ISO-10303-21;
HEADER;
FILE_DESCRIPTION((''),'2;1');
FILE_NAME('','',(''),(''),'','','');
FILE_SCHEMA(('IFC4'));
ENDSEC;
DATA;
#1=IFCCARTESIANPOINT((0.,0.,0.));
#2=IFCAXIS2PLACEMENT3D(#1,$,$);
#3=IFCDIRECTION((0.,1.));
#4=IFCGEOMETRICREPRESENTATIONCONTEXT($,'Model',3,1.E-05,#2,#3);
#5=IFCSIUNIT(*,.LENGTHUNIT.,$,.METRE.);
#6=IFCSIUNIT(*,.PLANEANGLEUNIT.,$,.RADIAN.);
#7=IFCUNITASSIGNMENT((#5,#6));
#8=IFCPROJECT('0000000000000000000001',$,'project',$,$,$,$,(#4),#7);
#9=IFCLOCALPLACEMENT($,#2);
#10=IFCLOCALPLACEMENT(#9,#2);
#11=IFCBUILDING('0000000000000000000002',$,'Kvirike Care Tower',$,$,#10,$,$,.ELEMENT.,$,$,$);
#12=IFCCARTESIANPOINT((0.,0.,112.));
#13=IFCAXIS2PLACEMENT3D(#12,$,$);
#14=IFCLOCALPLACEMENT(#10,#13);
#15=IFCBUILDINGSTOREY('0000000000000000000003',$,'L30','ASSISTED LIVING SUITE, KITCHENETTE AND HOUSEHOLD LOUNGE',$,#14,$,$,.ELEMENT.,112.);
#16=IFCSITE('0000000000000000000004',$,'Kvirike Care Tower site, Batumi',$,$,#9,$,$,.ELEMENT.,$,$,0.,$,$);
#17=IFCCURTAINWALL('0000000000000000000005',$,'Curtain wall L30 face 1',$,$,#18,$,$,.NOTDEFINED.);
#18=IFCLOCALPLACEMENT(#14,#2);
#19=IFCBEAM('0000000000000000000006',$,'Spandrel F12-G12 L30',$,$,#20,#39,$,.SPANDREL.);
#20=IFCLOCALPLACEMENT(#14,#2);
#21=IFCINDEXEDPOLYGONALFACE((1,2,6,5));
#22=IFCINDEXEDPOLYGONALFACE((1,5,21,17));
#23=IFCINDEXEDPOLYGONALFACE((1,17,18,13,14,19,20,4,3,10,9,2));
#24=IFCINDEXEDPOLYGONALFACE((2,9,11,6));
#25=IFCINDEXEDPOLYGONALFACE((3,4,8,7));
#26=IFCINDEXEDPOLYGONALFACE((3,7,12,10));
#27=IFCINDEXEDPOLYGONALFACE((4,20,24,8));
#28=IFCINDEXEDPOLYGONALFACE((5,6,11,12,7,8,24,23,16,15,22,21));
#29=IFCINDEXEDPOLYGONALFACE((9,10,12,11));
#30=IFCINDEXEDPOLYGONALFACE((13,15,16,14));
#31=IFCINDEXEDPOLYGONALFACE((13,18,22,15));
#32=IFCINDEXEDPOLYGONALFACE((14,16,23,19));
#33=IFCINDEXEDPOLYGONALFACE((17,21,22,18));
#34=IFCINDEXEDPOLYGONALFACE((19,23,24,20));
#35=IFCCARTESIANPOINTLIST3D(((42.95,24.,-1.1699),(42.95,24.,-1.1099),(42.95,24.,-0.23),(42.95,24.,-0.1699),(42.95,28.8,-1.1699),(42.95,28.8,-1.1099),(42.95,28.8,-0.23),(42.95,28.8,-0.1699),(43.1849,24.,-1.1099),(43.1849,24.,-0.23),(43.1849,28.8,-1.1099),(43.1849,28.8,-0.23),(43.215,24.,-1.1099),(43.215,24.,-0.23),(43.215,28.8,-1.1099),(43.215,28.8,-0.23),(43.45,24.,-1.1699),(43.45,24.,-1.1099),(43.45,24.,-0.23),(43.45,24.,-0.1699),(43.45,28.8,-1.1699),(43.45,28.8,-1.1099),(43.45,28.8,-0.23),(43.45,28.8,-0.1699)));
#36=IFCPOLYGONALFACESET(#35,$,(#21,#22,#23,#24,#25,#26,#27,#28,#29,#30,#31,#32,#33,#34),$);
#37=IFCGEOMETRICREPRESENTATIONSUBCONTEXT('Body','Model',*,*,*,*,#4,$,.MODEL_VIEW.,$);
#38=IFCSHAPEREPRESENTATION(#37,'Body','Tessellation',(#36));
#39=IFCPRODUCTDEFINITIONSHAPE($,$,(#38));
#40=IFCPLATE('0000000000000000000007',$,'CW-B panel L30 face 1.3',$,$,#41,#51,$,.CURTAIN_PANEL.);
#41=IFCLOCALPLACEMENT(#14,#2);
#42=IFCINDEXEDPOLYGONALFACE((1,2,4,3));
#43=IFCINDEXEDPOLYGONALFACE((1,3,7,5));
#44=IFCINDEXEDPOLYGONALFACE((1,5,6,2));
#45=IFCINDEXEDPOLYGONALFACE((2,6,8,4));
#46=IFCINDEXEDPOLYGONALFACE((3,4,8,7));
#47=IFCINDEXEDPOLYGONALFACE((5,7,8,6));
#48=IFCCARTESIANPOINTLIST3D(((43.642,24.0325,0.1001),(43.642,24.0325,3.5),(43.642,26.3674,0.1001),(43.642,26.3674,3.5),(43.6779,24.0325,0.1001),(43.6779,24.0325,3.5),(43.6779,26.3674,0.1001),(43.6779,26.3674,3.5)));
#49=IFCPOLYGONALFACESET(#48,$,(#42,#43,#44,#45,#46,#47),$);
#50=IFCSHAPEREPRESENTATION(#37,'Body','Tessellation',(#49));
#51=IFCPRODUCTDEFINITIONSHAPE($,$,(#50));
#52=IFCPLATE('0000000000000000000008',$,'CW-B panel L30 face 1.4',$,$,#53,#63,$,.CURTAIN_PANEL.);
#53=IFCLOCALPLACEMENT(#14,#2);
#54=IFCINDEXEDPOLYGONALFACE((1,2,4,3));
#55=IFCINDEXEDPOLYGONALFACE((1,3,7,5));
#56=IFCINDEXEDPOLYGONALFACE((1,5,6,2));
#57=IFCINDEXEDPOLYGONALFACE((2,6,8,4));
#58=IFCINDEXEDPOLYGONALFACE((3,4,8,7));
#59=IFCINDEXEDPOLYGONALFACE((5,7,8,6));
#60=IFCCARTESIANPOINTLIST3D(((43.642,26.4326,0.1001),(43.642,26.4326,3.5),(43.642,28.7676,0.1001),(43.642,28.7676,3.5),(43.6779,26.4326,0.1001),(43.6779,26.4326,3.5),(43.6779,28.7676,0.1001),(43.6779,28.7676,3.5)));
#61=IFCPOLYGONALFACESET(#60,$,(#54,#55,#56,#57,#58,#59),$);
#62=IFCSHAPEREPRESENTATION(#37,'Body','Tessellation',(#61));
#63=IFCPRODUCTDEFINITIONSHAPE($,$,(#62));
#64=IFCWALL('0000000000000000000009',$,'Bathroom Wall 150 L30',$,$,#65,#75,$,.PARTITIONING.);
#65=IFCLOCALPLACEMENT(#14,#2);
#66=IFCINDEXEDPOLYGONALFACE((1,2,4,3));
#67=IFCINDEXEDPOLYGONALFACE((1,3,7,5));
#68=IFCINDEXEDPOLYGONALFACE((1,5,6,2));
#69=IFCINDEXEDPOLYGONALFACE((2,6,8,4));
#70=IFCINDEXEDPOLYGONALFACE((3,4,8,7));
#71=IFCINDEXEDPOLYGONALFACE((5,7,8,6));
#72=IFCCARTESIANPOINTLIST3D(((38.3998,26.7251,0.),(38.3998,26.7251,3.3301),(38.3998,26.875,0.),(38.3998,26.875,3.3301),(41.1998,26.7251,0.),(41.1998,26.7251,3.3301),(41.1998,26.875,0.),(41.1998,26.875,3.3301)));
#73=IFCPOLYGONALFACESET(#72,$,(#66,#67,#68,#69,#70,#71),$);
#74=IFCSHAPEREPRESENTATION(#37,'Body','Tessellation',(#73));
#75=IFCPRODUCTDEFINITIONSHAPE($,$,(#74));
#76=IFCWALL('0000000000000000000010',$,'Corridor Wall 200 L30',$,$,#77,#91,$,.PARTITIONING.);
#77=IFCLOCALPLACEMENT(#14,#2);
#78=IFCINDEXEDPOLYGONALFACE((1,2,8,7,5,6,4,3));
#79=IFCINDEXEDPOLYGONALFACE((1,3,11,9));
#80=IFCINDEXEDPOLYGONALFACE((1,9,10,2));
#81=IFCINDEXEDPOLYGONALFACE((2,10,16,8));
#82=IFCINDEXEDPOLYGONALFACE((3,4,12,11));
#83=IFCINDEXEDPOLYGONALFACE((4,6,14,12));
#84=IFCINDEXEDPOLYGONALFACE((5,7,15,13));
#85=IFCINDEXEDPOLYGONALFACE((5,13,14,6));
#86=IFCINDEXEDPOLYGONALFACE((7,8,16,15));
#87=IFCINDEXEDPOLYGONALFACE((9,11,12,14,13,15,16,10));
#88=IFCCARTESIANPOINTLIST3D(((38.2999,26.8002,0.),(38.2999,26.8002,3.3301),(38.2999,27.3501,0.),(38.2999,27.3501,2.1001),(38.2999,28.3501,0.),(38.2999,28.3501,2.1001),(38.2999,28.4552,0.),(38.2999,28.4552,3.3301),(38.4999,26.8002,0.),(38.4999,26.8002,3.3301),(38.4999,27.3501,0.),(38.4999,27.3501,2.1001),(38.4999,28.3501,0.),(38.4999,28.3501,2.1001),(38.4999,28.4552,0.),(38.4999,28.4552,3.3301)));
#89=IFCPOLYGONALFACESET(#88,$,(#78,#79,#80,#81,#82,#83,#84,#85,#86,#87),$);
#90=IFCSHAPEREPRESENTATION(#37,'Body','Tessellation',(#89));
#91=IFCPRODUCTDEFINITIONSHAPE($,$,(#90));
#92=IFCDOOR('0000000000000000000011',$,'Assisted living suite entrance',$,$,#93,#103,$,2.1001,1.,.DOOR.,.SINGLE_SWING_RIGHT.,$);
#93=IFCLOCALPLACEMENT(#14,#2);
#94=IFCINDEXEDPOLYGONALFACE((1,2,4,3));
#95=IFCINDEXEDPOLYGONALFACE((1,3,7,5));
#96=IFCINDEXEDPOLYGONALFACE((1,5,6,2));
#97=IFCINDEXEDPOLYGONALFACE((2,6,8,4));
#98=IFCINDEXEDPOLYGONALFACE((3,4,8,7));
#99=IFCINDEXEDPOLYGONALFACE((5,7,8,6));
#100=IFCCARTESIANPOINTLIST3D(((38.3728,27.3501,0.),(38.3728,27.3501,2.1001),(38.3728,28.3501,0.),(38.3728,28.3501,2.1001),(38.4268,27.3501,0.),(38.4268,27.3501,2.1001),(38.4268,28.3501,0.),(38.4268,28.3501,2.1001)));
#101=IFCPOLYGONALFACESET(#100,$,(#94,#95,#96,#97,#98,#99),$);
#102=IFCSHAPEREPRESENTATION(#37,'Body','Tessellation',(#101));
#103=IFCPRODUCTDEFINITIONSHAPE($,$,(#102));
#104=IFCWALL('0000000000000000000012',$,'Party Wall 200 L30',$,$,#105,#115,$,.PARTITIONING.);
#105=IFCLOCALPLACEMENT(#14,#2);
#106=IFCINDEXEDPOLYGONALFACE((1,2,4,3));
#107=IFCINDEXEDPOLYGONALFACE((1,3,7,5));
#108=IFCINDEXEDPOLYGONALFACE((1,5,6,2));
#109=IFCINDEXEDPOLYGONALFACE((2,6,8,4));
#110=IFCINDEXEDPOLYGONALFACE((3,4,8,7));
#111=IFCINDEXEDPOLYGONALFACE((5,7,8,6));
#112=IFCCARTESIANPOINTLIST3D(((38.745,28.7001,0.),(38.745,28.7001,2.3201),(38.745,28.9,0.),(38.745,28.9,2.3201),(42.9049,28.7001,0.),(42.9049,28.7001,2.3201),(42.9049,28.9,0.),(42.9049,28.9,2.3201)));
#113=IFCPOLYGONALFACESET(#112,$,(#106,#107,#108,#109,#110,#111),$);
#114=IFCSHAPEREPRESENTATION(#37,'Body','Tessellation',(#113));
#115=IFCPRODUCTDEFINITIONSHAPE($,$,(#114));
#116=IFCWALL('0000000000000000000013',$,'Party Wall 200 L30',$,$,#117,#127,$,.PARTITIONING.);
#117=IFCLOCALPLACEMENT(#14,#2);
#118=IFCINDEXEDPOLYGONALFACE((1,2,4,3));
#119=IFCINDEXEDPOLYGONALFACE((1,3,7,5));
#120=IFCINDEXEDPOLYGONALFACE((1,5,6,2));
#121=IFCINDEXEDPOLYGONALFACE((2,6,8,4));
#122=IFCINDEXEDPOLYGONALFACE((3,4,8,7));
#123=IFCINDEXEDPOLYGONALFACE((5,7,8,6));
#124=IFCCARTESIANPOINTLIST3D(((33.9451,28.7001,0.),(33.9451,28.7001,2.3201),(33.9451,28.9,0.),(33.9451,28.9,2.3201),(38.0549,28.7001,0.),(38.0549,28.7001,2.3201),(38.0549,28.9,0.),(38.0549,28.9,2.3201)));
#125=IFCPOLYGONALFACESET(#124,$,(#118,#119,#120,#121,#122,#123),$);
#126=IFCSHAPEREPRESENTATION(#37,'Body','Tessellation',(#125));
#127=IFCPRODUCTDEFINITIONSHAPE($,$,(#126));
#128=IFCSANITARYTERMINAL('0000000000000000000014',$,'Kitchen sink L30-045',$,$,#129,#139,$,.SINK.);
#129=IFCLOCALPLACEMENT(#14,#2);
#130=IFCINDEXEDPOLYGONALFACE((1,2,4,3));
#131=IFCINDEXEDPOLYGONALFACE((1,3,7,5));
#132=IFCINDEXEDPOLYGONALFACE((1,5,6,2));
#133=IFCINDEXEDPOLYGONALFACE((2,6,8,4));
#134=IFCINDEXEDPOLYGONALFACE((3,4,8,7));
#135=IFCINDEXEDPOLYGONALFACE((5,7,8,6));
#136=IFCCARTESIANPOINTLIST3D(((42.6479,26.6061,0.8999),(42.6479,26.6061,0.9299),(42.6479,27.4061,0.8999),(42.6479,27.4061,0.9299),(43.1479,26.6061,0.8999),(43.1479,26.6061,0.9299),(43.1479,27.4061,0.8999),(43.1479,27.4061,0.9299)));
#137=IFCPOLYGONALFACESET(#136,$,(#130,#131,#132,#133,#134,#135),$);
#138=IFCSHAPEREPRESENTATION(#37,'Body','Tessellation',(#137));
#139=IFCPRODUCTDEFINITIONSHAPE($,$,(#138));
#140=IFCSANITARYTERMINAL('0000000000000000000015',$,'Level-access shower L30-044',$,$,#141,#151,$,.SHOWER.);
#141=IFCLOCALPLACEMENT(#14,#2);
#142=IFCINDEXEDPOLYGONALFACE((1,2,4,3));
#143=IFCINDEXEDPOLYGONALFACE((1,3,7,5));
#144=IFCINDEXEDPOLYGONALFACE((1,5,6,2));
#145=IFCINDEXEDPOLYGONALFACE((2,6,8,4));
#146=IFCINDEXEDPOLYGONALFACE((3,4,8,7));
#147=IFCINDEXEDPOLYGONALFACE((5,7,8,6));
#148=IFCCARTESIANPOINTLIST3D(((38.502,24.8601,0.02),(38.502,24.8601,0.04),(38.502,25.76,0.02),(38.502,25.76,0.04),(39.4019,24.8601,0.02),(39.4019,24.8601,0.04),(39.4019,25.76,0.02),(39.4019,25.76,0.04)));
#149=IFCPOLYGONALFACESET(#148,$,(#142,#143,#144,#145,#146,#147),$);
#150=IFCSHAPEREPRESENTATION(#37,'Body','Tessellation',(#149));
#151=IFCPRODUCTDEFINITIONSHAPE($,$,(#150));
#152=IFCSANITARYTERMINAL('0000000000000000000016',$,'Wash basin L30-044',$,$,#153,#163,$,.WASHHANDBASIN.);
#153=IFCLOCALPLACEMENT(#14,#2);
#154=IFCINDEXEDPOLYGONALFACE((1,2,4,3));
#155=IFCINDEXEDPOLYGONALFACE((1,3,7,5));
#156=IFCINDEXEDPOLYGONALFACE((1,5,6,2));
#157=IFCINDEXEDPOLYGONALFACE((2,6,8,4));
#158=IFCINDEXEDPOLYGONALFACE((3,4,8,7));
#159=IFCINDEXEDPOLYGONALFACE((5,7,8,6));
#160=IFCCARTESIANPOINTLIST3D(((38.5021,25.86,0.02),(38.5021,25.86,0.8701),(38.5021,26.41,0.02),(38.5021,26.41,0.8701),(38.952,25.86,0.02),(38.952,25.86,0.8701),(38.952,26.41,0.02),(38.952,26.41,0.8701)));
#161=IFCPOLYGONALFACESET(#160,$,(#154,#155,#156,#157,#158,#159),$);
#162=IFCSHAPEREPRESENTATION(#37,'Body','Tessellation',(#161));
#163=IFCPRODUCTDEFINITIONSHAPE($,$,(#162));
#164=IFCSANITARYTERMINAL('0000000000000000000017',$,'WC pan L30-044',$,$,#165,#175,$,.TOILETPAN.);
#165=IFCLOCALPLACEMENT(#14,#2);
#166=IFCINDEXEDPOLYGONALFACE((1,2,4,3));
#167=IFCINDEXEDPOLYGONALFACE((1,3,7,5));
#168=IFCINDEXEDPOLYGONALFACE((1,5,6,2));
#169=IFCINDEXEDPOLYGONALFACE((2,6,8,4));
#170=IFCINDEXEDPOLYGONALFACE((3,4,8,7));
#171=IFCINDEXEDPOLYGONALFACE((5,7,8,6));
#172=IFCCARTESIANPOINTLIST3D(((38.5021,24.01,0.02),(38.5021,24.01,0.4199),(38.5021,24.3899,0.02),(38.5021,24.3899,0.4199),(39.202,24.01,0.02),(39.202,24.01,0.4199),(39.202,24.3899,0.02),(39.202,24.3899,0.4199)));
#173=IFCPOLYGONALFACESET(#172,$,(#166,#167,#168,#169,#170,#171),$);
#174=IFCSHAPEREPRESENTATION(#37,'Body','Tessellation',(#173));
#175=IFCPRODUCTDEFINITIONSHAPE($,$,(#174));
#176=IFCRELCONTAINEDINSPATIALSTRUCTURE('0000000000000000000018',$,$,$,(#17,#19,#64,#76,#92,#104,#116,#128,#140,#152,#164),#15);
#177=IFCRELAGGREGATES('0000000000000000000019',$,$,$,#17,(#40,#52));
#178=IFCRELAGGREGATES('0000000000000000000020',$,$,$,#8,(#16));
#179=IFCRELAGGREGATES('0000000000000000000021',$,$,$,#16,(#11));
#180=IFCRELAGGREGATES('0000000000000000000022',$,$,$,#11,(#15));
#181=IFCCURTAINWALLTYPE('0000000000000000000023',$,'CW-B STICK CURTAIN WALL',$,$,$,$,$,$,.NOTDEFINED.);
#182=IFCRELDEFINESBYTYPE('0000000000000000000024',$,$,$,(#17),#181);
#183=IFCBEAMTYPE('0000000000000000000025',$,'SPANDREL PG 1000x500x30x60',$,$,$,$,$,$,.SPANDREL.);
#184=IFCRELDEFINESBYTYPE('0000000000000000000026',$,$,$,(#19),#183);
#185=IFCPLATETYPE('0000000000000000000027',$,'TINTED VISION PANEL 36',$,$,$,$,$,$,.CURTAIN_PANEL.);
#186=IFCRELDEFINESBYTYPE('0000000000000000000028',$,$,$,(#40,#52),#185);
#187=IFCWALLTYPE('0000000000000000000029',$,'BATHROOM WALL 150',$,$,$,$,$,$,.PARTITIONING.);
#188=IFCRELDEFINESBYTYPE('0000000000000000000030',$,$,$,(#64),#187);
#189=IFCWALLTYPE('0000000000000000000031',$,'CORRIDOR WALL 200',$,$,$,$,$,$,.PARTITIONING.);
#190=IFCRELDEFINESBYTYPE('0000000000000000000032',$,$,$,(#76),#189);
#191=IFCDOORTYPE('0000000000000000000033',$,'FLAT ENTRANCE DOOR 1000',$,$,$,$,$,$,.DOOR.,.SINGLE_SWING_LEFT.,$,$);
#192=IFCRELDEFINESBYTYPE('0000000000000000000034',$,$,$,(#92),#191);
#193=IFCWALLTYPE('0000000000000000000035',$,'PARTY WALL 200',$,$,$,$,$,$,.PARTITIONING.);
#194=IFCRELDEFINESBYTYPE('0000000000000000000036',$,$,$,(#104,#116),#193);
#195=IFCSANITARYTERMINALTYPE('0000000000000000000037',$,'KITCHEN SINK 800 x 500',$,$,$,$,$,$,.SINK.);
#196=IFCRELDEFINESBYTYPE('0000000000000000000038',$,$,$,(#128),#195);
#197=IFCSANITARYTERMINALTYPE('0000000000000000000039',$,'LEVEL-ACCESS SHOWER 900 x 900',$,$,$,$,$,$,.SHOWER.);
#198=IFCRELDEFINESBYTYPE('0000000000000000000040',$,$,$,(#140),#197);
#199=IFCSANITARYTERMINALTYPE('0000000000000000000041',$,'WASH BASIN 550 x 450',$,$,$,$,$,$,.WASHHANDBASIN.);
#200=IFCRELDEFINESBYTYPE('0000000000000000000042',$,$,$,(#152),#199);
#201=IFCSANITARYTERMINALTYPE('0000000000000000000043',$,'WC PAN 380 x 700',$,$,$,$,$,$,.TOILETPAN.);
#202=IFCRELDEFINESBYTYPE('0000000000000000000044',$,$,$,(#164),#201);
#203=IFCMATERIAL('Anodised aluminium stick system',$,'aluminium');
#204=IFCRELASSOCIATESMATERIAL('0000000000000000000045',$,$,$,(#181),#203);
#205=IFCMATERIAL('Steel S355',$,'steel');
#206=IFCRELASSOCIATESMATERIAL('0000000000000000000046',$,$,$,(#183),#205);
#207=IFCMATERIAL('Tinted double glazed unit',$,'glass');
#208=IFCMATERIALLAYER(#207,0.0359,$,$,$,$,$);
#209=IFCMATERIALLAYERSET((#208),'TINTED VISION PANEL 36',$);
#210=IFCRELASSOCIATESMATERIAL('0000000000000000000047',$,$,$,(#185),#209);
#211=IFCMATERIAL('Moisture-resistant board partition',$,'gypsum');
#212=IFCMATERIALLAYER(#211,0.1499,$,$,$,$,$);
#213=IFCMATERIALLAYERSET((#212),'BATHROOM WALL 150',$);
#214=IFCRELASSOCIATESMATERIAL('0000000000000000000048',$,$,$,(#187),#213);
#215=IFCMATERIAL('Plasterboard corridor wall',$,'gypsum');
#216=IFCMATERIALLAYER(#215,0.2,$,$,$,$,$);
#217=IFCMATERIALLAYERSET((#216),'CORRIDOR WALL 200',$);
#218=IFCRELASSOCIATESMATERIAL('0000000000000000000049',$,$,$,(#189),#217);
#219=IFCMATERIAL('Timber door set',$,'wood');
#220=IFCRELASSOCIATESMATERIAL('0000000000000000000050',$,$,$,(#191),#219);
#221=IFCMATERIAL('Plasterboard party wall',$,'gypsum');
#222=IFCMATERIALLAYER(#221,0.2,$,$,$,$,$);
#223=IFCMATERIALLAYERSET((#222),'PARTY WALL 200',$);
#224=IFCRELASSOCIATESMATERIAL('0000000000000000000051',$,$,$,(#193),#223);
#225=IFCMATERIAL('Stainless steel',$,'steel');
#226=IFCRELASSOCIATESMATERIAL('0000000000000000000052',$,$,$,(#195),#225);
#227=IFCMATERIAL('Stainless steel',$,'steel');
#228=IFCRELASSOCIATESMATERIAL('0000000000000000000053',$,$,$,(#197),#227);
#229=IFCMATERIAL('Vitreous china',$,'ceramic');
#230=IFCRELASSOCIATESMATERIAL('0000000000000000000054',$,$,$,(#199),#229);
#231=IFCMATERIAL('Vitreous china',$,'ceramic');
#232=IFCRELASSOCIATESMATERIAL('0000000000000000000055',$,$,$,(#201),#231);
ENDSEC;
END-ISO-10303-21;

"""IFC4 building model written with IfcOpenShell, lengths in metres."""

from ifc_helpers import new_model, si_unit, direction, frame, frame_2d, origin, origin_2d, place, context, subcontext, project, spatial, rectangle, i_section, extrude, material, layer, layer_set, material_profile, profile_set, type_object, element, fill, aggregate, save


model = new_model("IFC4")

# Units and contexts
model_context = context("Model", 3, precision=1e-05, world=origin(), true_north=direction((0.0, 1.0)))
body_context = subcontext(model_context, "Body", "Model", "MODEL_VIEW")
ifc_project = project(units=[si_unit("LENGTHUNIT", "METRE"), si_unit("PLANEANGLEUNIT", "RADIAN")], contexts=[model_context])

# Site, building, storey
site_placement = place(None, origin())
site = spatial("IfcSite", under=ifc_project, at=site_placement, Name="Kvirike Care Tower site, Batumi", CompositionType="ELEMENT", RefElevation=0.0)
building_placement = place(site_placement, origin())
building = spatial("IfcBuilding", under=site, at=building_placement, Name="Kvirike Care Tower", CompositionType="ELEMENT")
storey_placement = place(building_placement, frame((0.0, 0.0, 112.0)))
storey = spatial("IfcBuildingStorey", under=building, at=storey_placement, Name="L30", Description="ASSISTED LIVING SUITE, KITCHENETTE AND HOUSEHOLD LOUNGE", CompositionType="ELEMENT", Elevation=112.0)

# Curtain wall
ifc_material_1 = material(Name="Anodised aluminium stick system", Category="aluminium")
curtain_wall_type = type_object("IfcCurtainWallType", Name="CW-B STICK CURTAIN WALL", PredefinedType="NOTDEFINED", material=ifc_material_1)
curtain_wall_placement = place(storey_placement, origin())
curtain_wall = element("IfcCurtainWall", 1, at=curtain_wall_placement, inside=storey, type_object=curtain_wall_type, Name="Curtain wall L30 face 1", PredefinedType="NOTDEFINED")

# Beam
ifc_material_2 = material(Name="Steel S355", Category="steel")
ifc_material_profile_1 = material_profile(ifc_material_2, i_section(OverallWidth=0.5, OverallDepth=1.0, WebThickness=0.03, FlangeThickness=0.0601, at=origin_2d()), Name="PG 1000x500x30x60")
ifc_profile_set_1 = profile_set([ifc_material_profile_1], Name="Steel S355")
beam_type_1 = type_object("IfcBeamType", Name="SPANDREL PG 1000x500x30x60", PredefinedType="SPANDREL", material=ifc_profile_set_1)
beam_1_placement = place(storey_placement, frame((43.2, 24.0, -0.6699), z_axis=(0.0, 1.0, 0.0), x_axis=(-1.0, 0.0, 0.0)))
element("IfcBeam", 2, at=beam_1_placement, inside=storey, type_object=beam_type_1, Name="Spandrel F12-G12 L30", PredefinedType="SPANDREL", context=body_context, shape_type="SweptSolid", body=[
    extrude(i_section(OverallWidth=0.5, OverallDepth=1.0, WebThickness=0.03, FlangeThickness=0.0601, at=origin_2d()), origin(), (0.0, 0.0, 1.0), 4.8),
])

# Plates
ifc_material_3 = material(Name="Tinted double glazed unit", Category="glass")
ifc_layer_1 = layer(ifc_material_3, 0.0359)
ifc_layer_set_1 = layer_set([ifc_layer_1], Name="TINTED VISION PANEL 36")
plate_type = type_object("IfcPlateType", Name="TINTED VISION PANEL 36", PredefinedType="CURTAIN_PANEL", material=ifc_layer_set_1)
plate_1_placement = place(storey_placement, frame((43.6599, 25.2, 0.1001), z_axis=(0.0, 0.0, 1.0), x_axis=(0.0, 1.0, 0.0)))
plate_1 = element("IfcPlate", 3, at=plate_1_placement, type_object=plate_type, Name="CW-B panel L30 face 1.3", PredefinedType="CURTAIN_PANEL", context=body_context, shape_type="SweptSolid", body=[
    extrude(rectangle(XDim=2.335, YDim=0.0359, at=origin_2d()), origin(), (0.0, 0.0, 1.0), 3.3999),
])
plate_2_placement = place(storey_placement, frame((43.6599, 27.6001, 0.1001), z_axis=(0.0, 0.0, 1.0), x_axis=(0.0, 1.0, 0.0)))
plate_2 = element("IfcPlate", 4, at=plate_2_placement, type_object=plate_type, Name="CW-B panel L30 face 1.4", PredefinedType="CURTAIN_PANEL", context=body_context, shape_type="SweptSolid", body=[
    extrude(rectangle(XDim=2.335, YDim=0.0359, at=origin_2d()), origin(), (0.0, 0.0, 1.0), 3.3999),
])
aggregate(curtain_wall, [plate_1, plate_2])

# Wall
ifc_material_4 = material(Name="Moisture-resistant board partition", Category="gypsum")
ifc_layer_2 = layer(ifc_material_4, 0.1499)
ifc_layer_set_2 = layer_set([ifc_layer_2], Name="BATHROOM WALL 150")
wall_type_1 = type_object("IfcWallType", Name="BATHROOM WALL 150", PredefinedType="PARTITIONING", material=ifc_layer_set_2)
wall_1_placement = place(storey_placement, frame((38.3999, 26.8, 0.0), z_axis=(0.0, 0.0, 1.0), x_axis=(1.0, 0.0, 0.0)))
element("IfcWall", 5, at=wall_1_placement, inside=storey, type_object=wall_type_1, Name="Bathroom Wall 150 L30", PredefinedType="PARTITIONING", context=body_context, shape_type="SweptSolid", body=[
    extrude(rectangle(XDim=2.8, YDim=0.1499, at=frame_2d((1.3999, 0.0))), origin(), (0.0, 0.0, 1.0), 3.3301),
])

# Wall, opening, door
ifc_material_5 = material(Name="Plasterboard corridor wall", Category="gypsum")
ifc_layer_3 = layer(ifc_material_5, 0.2)
ifc_layer_set_3 = layer_set([ifc_layer_3], Name="CORRIDOR WALL 200")
wall_type_2 = type_object("IfcWallType", Name="CORRIDOR WALL 200", PredefinedType="PARTITIONING", material=ifc_layer_set_3)
wall_2_placement = place(storey_placement, frame((38.3999, 26.8, 0.0), z_axis=(0.0, 0.0, 1.0), x_axis=(0.0, 1.0, 0.0)))
wall_2 = element("IfcWall", 6, at=wall_2_placement, inside=storey, type_object=wall_type_2, Name="Corridor Wall 200 L30", PredefinedType="PARTITIONING", context=body_context, shape_type="SweptSolid", body=[
    extrude(rectangle(XDim=1.655, YDim=0.2, at=frame_2d((0.8276, 0.0))), origin(), (0.0, 0.0, 1.0), 3.3301),
])
opening_placement = place(wall_2_placement, frame((0.55, 0.0, 0.0)))
opening = element("IfcOpeningElement", 7, at=opening_placement, cuts=wall_2, PredefinedType="OPENING", context=body_context, shape_type="SweptSolid", body=[
    extrude(rectangle(XDim=1.0, YDim=2.1001, at=frame_2d((0.5, 1.05))), frame((0.0, 0.1106, 0.0), z_axis=(0.0, -1.0, 0.0), x_axis=(1.0, 0.0, 0.0)), (0.0, 0.0, 1.0), 0.2209),
])
ifc_material_6 = material(Name="Timber door set", Category="wood")
door_type = type_object("IfcDoorType", Name="FLAT ENTRANCE DOOR 1000", OperationType="SINGLE_SWING_LEFT", PredefinedType="DOOR", material=ifc_material_6)
door_placement = place(opening_placement, frame((1.0, 0.0, 0.0), z_axis=(0.0, 0.0, 1.0), x_axis=(-1.0, 0.0, 0.0)))
door = element("IfcDoor", 8, at=door_placement, inside=storey, type_object=door_type, Name="Assisted living suite entrance", OperationType="SINGLE_SWING_RIGHT", OverallHeight=2.1001, OverallWidth=1.0, PredefinedType="DOOR", context=body_context, shape_type="SweptSolid", body=[
    extrude(rectangle(XDim=1.0, YDim=2.1001, at=frame_2d((0.5, 1.05))), frame((0.0, 0.0269, 0.0), z_axis=(0.0, -1.0, 0.0), x_axis=(1.0, 0.0, 0.0)), (0.0, 0.0, 1.0), 0.054),
])
fill(opening, door)

# Walls
ifc_material_7 = material(Name="Plasterboard party wall", Category="gypsum")
ifc_layer_4 = layer(ifc_material_7, 0.2)
ifc_layer_set_4 = layer_set([ifc_layer_4], Name="PARTY WALL 200")
wall_type_3 = type_object("IfcWallType", Name="PARTY WALL 200", PredefinedType="PARTITIONING", material=ifc_layer_set_4)
wall_3_placement = place(storey_placement, frame((42.905, 28.8, 0.0), z_axis=(0.0, 0.0, 1.0), x_axis=(-1.0, 0.0, 0.0)))
element("IfcWall", 9, at=wall_3_placement, inside=storey, type_object=wall_type_3, Name="Party Wall 200 L30", PredefinedType="PARTITIONING", context=body_context, shape_type="SweptSolid", body=[
    extrude(rectangle(XDim=4.1599, YDim=0.2, at=frame_2d((2.0801, 0.0))), origin(), (0.0, 0.0, 1.0), 2.3201),
])
wall_4_placement = place(storey_placement, frame((38.0549, 28.8, 0.0), z_axis=(0.0, 0.0, 1.0), x_axis=(-1.0, 0.0, 0.0)))
element("IfcWall", 10, at=wall_4_placement, inside=storey, type_object=wall_type_3, Name="Party Wall 200 L30", PredefinedType="PARTITIONING", context=body_context, shape_type="SweptSolid", body=[
    extrude(rectangle(XDim=4.1099, YDim=0.2, at=frame_2d((2.0549, 0.0))), origin(), (0.0, 0.0, 1.0), 2.3201),
])

# Sanitary terminals
ifc_material_8 = material(Name="Stainless steel", Category="steel")
sanitary_terminal_type_1 = type_object("IfcSanitaryTerminalType", Name="KITCHEN SINK 800 x 500", PredefinedType="SINK", material=ifc_material_8)
sanitary_terminal_1_placement = place(storey_placement, frame((42.8979, 27.0061, 0.8999), z_axis=(0.0, 0.0, 1.0), x_axis=(0.0, -1.0, 0.0)))
element("IfcSanitaryTerminal", 11, at=sanitary_terminal_1_placement, inside=storey, type_object=sanitary_terminal_type_1, Name="Kitchen sink L30-045", PredefinedType="SINK", context=body_context, shape_type="SweptSolid", body=[
    extrude(rectangle(XDim=0.8, YDim=0.5, at=origin_2d()), origin(), (0.0, 0.0, 1.0), 0.03),
])
ifc_material_9 = material(Name="Stainless steel", Category="steel")
sanitary_terminal_type_2 = type_object("IfcSanitaryTerminalType", Name="LEVEL-ACCESS SHOWER 900 x 900", PredefinedType="SHOWER", material=ifc_material_9)
sanitary_terminal_2_placement = place(storey_placement, frame((38.9519, 25.3101, 0.02), z_axis=(0.0, 0.0, 1.0), x_axis=(0.0, 1.0, 0.0)))
element("IfcSanitaryTerminal", 12, at=sanitary_terminal_2_placement, inside=storey, type_object=sanitary_terminal_type_2, Name="Level-access shower L30-044", PredefinedType="SHOWER", context=body_context, shape_type="SweptSolid", body=[
    extrude(rectangle(XDim=0.8999, YDim=0.8999, at=origin_2d()), origin(), (0.0, 0.0, 1.0), 0.02),
])
ifc_material_10 = material(Name="Vitreous china", Category="ceramic")
sanitary_terminal_type_3 = type_object("IfcSanitaryTerminalType", Name="WASH BASIN 550 x 450", PredefinedType="WASHHANDBASIN", material=ifc_material_10)
sanitary_terminal_3_placement = place(storey_placement, frame((38.7271, 26.135, 0.02), z_axis=(0.0, 0.0, 1.0), x_axis=(0.0, 1.0, 0.0)))
element("IfcSanitaryTerminal", 13, at=sanitary_terminal_3_placement, inside=storey, type_object=sanitary_terminal_type_3, Name="Wash basin L30-044", PredefinedType="WASHHANDBASIN", context=body_context, shape_type="SweptSolid", body=[
    extrude(rectangle(XDim=0.55, YDim=0.45, at=origin_2d()), origin(), (0.0, 0.0, 1.0), 0.8501),
])
ifc_material_11 = material(Name="Vitreous china", Category="ceramic")
sanitary_terminal_type_4 = type_object("IfcSanitaryTerminalType", Name="WC PAN 380 x 700", PredefinedType="TOILETPAN", material=ifc_material_11)
sanitary_terminal_4_placement = place(storey_placement, frame((38.8521, 24.2, 0.02), z_axis=(0.0, 0.0, 1.0), x_axis=(0.0, 1.0, 0.0)))
element("IfcSanitaryTerminal", 14, at=sanitary_terminal_4_placement, inside=storey, type_object=sanitary_terminal_type_4, Name="WC pan L30-044", PredefinedType="TOILETPAN", context=body_context, shape_type="SweptSolid", body=[
    extrude(rectangle(XDim=0.3799, YDim=0.7, at=origin_2d()), origin(), (0.0, 0.0, 1.0), 0.3999),
])

save(model, "model.ifc")
